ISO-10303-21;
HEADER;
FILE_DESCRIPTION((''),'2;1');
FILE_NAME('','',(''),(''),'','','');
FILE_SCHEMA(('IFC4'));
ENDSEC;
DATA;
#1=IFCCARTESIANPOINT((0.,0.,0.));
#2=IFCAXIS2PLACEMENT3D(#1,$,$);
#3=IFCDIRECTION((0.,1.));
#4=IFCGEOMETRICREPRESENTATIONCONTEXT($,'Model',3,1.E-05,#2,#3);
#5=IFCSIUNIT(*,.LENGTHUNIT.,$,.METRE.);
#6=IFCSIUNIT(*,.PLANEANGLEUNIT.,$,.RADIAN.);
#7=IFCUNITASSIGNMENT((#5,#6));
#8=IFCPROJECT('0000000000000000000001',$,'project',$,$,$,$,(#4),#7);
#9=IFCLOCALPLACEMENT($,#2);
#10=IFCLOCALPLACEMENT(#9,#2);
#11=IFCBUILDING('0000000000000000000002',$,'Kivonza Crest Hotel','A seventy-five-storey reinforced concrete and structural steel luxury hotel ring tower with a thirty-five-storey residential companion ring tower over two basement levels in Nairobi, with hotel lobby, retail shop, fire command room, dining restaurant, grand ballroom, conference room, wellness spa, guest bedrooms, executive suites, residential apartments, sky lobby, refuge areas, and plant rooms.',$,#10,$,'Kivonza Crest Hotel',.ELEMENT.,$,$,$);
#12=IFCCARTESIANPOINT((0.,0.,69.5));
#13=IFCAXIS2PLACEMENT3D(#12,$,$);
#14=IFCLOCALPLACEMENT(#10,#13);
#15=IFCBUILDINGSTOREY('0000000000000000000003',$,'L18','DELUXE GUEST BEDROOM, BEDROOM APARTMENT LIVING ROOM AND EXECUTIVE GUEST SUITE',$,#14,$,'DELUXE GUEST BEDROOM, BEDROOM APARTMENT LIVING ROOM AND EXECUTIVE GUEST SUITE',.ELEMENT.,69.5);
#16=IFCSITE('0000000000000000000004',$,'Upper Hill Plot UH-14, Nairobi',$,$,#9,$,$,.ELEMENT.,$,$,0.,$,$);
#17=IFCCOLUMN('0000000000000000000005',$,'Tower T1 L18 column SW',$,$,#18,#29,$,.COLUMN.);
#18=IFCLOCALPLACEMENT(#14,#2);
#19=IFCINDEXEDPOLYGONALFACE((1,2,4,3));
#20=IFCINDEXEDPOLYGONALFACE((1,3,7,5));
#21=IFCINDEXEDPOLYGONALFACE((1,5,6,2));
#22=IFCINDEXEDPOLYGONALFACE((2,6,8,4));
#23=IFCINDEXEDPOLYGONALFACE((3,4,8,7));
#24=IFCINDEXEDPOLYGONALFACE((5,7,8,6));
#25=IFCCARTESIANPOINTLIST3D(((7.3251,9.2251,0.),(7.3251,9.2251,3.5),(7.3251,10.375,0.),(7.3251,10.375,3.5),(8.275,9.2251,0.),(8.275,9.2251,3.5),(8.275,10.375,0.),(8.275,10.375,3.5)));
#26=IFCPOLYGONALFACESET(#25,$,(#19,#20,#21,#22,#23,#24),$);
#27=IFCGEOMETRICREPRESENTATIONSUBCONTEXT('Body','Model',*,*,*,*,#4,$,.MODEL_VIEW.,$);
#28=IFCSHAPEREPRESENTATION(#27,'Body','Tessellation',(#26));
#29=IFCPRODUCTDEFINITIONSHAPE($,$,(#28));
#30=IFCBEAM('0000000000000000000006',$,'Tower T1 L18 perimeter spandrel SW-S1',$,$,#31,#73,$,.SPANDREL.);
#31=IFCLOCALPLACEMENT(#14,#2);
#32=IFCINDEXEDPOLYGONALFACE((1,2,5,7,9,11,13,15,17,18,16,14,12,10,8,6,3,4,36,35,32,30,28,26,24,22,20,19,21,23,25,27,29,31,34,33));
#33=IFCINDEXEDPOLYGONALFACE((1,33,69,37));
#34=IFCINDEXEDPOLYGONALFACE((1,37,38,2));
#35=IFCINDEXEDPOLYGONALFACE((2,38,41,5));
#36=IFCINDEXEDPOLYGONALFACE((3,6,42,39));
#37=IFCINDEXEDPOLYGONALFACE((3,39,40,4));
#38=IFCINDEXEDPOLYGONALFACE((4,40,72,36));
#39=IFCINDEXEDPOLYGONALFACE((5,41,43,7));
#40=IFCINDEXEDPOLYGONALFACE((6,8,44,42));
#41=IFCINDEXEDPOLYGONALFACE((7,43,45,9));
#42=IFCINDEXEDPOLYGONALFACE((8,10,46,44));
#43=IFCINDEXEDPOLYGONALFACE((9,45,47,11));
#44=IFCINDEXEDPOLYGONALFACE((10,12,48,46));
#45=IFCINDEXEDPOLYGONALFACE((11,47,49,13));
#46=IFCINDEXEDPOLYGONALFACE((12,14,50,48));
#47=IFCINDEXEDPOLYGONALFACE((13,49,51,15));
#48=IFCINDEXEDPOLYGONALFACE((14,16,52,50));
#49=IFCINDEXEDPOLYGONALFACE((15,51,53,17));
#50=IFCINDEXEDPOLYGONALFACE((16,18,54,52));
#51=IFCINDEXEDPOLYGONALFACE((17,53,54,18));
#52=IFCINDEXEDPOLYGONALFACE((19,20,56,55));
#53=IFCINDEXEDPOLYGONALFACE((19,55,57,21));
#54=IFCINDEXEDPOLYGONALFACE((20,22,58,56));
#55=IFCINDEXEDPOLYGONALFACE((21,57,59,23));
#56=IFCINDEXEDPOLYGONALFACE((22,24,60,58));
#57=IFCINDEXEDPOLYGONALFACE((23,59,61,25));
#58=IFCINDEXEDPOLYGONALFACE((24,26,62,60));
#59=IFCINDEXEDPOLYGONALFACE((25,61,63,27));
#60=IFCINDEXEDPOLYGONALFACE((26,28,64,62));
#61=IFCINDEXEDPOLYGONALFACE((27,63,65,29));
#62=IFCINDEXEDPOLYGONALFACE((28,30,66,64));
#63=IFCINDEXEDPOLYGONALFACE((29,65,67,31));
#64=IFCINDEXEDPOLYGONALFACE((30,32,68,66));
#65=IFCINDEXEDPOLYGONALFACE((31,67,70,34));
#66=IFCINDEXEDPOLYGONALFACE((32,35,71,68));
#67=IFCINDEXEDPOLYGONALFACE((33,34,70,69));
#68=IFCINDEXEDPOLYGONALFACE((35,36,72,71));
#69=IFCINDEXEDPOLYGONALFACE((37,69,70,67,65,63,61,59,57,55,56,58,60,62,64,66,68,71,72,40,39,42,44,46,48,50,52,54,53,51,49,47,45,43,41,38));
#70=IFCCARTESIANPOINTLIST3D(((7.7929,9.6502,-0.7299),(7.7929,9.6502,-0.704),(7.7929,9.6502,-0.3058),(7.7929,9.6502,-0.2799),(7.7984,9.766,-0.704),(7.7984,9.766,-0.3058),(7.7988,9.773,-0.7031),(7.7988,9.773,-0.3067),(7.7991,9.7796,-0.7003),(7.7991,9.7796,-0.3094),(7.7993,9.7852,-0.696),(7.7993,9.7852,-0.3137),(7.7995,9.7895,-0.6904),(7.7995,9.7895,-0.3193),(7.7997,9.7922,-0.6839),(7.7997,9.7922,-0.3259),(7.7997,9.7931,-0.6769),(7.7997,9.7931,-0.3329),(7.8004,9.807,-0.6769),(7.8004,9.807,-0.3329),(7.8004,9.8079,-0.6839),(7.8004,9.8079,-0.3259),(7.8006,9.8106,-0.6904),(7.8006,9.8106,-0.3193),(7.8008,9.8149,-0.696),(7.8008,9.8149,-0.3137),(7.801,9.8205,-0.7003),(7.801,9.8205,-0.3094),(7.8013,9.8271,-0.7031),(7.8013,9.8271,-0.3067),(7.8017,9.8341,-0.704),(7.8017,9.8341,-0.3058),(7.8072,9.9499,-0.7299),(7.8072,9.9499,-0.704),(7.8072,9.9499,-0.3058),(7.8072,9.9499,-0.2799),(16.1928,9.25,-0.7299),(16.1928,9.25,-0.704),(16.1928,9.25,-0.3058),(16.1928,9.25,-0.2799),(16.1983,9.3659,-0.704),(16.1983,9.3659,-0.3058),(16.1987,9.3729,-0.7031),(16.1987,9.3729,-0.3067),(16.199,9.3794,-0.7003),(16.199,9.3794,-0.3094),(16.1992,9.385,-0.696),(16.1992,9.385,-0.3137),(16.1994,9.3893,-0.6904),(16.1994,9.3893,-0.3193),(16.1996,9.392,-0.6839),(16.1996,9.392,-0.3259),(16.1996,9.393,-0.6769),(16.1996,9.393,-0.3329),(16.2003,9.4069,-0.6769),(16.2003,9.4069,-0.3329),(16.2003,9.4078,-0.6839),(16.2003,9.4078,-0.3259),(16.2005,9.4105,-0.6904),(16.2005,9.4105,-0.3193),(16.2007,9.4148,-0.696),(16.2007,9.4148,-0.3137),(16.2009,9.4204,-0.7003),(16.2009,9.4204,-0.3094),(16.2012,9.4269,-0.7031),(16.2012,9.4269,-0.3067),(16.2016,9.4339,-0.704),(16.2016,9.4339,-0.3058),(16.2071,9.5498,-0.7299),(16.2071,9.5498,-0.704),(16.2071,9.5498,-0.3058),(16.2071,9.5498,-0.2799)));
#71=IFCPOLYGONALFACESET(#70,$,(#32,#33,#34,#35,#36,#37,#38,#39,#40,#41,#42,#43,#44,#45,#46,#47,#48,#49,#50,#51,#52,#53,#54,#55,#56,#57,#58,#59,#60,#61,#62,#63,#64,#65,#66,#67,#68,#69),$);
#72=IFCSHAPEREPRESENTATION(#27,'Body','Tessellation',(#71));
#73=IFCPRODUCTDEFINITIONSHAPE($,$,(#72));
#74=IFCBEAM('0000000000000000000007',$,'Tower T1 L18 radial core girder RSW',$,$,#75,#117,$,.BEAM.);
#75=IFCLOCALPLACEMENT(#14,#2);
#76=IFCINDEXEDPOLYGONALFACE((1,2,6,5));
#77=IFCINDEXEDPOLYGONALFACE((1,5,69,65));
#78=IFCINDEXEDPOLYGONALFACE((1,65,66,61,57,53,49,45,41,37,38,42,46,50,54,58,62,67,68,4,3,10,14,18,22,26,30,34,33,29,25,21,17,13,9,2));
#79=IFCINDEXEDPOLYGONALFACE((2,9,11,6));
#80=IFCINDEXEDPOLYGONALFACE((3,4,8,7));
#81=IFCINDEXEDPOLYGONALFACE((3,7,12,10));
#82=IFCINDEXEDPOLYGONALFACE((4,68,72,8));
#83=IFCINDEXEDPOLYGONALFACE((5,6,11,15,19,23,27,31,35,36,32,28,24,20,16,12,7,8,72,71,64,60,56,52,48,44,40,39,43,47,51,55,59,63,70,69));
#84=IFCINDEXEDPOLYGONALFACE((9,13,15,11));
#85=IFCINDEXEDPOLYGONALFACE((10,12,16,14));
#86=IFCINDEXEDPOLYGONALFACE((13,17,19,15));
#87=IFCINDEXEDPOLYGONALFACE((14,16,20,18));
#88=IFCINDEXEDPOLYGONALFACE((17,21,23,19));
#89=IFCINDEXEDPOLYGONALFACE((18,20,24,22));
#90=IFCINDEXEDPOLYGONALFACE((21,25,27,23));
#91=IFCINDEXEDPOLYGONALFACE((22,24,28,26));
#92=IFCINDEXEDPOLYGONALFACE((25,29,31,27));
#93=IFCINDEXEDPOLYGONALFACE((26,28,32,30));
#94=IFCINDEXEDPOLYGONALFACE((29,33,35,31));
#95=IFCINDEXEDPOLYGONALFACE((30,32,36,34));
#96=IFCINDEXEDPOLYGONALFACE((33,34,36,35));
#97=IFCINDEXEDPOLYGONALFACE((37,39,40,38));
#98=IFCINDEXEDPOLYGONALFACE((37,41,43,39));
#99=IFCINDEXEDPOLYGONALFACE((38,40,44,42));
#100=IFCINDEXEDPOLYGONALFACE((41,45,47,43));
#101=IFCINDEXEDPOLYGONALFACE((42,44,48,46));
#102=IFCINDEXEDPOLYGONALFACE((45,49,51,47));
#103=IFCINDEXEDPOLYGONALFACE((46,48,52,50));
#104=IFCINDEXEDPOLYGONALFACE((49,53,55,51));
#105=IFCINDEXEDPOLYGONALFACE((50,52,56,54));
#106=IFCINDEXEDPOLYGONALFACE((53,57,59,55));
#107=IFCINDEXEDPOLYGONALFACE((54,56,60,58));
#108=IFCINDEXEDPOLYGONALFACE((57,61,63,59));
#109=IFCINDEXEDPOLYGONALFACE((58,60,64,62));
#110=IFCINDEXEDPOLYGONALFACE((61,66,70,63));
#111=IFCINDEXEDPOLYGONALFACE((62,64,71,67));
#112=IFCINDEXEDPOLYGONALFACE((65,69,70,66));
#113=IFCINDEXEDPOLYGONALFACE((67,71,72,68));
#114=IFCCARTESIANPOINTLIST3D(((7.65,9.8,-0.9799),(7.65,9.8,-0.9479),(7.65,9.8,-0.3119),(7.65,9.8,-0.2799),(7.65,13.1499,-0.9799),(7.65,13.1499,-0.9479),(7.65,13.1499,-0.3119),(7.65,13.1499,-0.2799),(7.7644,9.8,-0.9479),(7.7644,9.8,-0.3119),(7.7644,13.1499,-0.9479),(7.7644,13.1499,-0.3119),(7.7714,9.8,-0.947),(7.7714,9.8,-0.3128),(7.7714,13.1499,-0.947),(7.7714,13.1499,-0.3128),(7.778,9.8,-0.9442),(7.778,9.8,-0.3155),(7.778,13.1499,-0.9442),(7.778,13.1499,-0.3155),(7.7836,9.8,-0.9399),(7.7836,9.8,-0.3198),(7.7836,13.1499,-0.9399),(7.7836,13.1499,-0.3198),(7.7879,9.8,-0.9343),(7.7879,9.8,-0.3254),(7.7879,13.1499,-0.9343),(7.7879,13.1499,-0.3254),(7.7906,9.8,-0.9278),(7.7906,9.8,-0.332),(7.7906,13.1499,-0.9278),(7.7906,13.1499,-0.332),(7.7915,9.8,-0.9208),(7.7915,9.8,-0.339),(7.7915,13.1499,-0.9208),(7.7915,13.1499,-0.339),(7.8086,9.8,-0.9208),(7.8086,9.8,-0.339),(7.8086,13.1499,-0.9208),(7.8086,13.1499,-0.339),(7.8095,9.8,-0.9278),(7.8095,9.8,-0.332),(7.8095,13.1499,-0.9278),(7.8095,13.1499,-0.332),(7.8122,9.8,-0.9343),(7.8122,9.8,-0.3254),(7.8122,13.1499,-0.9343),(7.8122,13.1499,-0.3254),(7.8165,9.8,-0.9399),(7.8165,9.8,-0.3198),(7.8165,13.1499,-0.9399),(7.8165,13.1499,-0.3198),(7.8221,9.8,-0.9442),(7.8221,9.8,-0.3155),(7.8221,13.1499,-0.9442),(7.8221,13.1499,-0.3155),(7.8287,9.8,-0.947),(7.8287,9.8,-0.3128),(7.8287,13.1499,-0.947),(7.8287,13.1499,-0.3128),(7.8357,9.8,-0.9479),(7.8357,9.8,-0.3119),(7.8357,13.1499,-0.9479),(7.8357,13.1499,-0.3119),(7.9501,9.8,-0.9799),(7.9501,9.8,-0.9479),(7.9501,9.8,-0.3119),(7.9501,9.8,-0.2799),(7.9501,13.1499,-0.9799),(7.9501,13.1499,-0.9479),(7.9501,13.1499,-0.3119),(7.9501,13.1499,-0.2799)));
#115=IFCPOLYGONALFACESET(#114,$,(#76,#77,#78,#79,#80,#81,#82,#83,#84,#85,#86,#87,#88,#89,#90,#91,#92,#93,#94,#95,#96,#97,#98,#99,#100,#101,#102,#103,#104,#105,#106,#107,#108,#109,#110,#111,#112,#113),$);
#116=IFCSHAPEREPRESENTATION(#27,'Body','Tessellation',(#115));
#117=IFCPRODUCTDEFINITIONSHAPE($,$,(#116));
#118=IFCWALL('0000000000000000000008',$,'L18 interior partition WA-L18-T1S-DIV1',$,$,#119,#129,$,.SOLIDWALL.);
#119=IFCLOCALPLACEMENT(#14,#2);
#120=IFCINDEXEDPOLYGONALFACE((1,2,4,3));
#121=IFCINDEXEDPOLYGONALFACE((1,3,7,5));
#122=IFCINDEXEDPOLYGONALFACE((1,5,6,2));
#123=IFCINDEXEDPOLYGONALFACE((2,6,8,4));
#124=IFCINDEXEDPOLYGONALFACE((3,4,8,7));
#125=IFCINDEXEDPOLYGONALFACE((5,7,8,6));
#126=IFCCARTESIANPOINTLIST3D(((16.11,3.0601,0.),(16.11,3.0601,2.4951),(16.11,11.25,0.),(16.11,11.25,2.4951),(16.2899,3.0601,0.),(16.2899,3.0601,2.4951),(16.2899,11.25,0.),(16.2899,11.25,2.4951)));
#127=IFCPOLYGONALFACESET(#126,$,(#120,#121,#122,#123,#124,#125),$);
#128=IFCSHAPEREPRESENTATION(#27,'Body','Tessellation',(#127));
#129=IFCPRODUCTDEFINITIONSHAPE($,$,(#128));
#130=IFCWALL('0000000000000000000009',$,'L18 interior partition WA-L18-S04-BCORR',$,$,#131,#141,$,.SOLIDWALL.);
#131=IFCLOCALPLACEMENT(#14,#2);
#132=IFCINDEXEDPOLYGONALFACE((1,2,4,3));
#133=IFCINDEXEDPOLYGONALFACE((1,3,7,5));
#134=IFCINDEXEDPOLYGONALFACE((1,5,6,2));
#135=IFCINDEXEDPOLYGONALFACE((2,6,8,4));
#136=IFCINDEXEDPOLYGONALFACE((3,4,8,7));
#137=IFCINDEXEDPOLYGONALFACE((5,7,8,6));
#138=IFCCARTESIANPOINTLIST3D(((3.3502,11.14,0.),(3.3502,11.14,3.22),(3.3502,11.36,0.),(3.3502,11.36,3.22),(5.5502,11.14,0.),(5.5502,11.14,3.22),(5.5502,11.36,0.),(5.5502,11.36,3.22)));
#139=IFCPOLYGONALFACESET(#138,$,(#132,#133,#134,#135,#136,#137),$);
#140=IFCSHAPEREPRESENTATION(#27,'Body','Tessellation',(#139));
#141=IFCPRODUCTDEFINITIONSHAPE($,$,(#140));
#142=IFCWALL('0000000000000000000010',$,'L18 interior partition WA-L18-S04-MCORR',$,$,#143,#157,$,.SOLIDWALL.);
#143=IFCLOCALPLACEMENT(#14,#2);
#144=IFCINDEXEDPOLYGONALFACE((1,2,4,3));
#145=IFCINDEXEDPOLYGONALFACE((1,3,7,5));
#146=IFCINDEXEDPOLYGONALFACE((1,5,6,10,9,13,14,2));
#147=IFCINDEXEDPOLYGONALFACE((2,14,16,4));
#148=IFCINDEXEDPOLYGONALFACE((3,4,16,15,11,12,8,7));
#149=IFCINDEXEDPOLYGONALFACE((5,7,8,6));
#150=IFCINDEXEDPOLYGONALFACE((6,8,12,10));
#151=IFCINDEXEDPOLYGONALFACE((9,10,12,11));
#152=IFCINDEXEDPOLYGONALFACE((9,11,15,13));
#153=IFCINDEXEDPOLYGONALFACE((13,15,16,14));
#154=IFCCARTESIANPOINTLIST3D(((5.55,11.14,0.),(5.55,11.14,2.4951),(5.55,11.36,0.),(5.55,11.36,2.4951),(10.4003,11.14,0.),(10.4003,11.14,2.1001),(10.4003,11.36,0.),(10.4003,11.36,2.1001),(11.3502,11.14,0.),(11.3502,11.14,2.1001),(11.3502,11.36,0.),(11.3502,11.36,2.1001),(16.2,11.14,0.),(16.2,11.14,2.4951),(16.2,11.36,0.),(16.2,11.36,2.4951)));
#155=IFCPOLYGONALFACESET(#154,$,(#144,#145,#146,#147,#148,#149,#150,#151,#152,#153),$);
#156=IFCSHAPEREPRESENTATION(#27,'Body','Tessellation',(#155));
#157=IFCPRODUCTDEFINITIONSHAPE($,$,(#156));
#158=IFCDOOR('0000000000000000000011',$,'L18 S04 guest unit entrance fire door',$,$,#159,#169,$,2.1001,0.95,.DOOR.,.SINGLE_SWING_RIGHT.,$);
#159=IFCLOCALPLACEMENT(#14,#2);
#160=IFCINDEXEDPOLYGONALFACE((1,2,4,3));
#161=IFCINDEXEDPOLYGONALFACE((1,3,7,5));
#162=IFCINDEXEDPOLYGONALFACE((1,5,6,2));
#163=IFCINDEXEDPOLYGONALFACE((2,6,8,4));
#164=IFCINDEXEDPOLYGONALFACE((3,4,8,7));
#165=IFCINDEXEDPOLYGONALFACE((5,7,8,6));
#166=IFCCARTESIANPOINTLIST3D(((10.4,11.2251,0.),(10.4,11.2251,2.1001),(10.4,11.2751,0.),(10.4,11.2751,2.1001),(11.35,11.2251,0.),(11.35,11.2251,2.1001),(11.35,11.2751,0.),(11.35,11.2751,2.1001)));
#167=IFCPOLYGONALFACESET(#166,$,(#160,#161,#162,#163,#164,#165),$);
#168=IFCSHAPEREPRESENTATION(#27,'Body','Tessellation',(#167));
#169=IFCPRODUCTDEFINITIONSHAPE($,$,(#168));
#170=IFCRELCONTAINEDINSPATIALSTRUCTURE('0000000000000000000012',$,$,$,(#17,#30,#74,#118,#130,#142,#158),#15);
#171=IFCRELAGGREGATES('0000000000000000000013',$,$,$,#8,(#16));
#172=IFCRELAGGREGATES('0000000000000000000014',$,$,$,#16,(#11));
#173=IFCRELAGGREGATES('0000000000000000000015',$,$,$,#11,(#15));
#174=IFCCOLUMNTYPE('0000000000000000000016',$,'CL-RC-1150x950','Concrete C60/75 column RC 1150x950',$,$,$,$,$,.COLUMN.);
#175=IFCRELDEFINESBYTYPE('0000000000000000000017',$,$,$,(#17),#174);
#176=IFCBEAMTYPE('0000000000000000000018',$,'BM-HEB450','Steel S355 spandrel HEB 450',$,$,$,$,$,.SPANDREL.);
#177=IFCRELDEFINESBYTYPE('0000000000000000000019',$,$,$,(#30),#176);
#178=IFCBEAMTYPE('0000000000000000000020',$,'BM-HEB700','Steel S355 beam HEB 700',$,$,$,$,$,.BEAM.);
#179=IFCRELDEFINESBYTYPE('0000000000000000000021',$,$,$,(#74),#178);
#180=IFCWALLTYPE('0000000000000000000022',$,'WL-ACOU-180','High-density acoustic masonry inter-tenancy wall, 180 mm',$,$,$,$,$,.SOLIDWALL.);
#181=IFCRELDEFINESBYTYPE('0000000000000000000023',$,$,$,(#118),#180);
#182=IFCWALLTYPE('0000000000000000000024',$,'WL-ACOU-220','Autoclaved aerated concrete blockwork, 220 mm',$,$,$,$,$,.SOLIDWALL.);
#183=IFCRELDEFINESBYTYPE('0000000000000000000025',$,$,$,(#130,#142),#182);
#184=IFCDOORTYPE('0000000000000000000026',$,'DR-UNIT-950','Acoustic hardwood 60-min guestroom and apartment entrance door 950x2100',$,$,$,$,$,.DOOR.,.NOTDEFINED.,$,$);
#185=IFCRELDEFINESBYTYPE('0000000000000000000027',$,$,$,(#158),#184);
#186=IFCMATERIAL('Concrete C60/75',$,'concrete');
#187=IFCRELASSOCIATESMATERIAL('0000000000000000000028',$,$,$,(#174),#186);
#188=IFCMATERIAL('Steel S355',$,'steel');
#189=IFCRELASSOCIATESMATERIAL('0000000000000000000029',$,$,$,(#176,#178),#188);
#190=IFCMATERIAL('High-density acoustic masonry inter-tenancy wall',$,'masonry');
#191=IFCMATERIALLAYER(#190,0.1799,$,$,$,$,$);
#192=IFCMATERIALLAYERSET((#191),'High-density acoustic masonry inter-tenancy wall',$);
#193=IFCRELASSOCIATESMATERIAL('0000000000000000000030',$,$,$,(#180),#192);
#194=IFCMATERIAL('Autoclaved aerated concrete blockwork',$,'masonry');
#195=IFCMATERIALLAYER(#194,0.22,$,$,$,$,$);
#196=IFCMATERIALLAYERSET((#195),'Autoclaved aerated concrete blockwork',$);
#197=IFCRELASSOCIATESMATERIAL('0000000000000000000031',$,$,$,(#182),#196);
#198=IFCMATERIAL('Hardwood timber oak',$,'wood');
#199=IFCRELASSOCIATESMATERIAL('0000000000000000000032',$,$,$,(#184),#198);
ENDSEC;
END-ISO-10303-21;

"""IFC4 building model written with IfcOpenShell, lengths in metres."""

from ifc_helpers import new_model, si_unit, direction, frame, frame_2d, origin, origin_2d, place, context, subcontext, project, spatial, rectangle, i_section, extrude, material, layer, layer_set, material_profile, profile_set, type_object, element, fill, save


model = new_model("IFC4")

# Units and contexts
model_context = context("Model", 3, precision=1e-05, world=origin(), true_north=direction((0.0, 1.0)))
body_context = subcontext(model_context, "Body", "Model", "MODEL_VIEW")
ifc_project = project(units=[si_unit("LENGTHUNIT", "METRE"), si_unit("PLANEANGLEUNIT", "RADIAN")], contexts=[model_context])

# Site, building, storey
site_placement = place(None, origin())
site = spatial("IfcSite", under=ifc_project, at=site_placement, Name="Upper Hill Plot UH-14, Nairobi", CompositionType="ELEMENT", RefElevation=0.0)
building_placement = place(site_placement, origin())
building = spatial("IfcBuilding", under=site, at=building_placement, Name="Kivonza Crest Hotel", Description="A seventy-five-storey reinforced concrete and structural steel luxury hotel ring tower with a thirty-five-storey residential companion ring tower over two basement levels in Nairobi, with hotel lobby, retail shop, fire command room, dining restaurant, grand ballroom, conference room, wellness spa, guest bedrooms, executive suites, residential apartments, sky lobby, refuge areas, and plant rooms.", LongName="Kivonza Crest Hotel", CompositionType="ELEMENT")
storey_placement = place(building_placement, frame((0.0, 0.0, 69.5)))
storey = spatial("IfcBuildingStorey", under=building, at=storey_placement, Name="L18", Description="DELUXE GUEST BEDROOM, BEDROOM APARTMENT LIVING ROOM AND EXECUTIVE GUEST SUITE", LongName="DELUXE GUEST BEDROOM, BEDROOM APARTMENT LIVING ROOM AND EXECUTIVE GUEST SUITE", CompositionType="ELEMENT", Elevation=69.5)

# Column
ifc_material_1 = material(Name="Concrete C60/75", Category="concrete")
ifc_material_profile_1 = material_profile(ifc_material_1, rectangle(XDim=0.95, YDim=1.1499, at=origin_2d()), Name="RC 1150x950")
ifc_profile_set_1 = profile_set([ifc_material_profile_1], Name="Concrete C60/75")
column_type = type_object("IfcColumnType", Name="CL-RC-1150x950", Description="Concrete C60/75 column RC 1150x950", PredefinedType="COLUMN", material=ifc_profile_set_1)
column_placement = place(storey_placement, frame((7.8, 9.8, 0.0), z_axis=(0.0, 0.0, 1.0), x_axis=(1.0, 0.0, 0.0)))
element("IfcColumn", 1, at=column_placement, inside=storey, type_object=column_type, Name="Tower T1 L18 column SW", PredefinedType="COLUMN", context=body_context, shape_type="SweptSolid", body=[
    extrude(rectangle(XDim=0.95, YDim=1.1499, at=origin_2d()), origin(), (0.0, 0.0, 1.0), 3.5),
])

# Beams
ifc_material_2 = material(Name="Steel S355", Category="steel")
ifc_material_profile_2 = material_profile(ifc_material_2, i_section(OverallWidth=0.3, OverallDepth=0.45, WebThickness=0.0139, FlangeThickness=0.0259, FilletRadius=0.0271, at=origin_2d()), Name="HEB 450")
ifc_profile_set_2 = profile_set([ifc_material_profile_2], Name="Steel S355")
beam_type_1 = type_object("IfcBeamType", Name="BM-HEB450", Description="Steel S355 spandrel HEB 450", PredefinedType="SPANDREL", material=ifc_profile_set_2)
beam_1_placement = place(storey_placement, frame((7.8, 9.8, -0.5049), z_axis=(0.998867, -0.047583, 0.0), x_axis=(0.047583, 0.998867, 0.0)))
element("IfcBeam", 2, at=beam_1_placement, inside=storey, type_object=beam_type_1, Name="Tower T1 L18 perimeter spandrel SW-S1", PredefinedType="SPANDREL", context=body_context, shape_type="SweptSolid", body=[
    extrude(i_section(OverallWidth=0.3, OverallDepth=0.45, WebThickness=0.0139, FlangeThickness=0.0259, FilletRadius=0.0271, at=origin_2d()), origin(), (0.0, 0.0, 1.0), 8.4094),
])
ifc_material_profile_3 = material_profile(ifc_material_2, i_section(OverallWidth=0.3, OverallDepth=0.7, WebThickness=0.0171, FlangeThickness=0.032, FilletRadius=0.0271, at=origin_2d()), Name="HEB 700")
ifc_profile_set_3 = profile_set([ifc_material_profile_3], Name="Steel S355")
beam_type_2 = type_object("IfcBeamType", Name="BM-HEB700", Description="Steel S355 beam HEB 700", PredefinedType="BEAM", material=ifc_profile_set_3)
beam_2_placement = place(storey_placement, frame((7.8, 9.8, -0.6299), z_axis=(0.0, 1.0, 0.0), x_axis=(-1.0, 0.0, 0.0)))
element("IfcBeam", 3, at=beam_2_placement, inside=storey, type_object=beam_type_2, Name="Tower T1 L18 radial core girder RSW", PredefinedType="BEAM", context=body_context, shape_type="SweptSolid", body=[
    extrude(i_section(OverallWidth=0.3, OverallDepth=0.7, WebThickness=0.0171, FlangeThickness=0.032, FilletRadius=0.0271, at=origin_2d()), origin(), (0.0, 0.0, 1.0), 3.3499),
])

# Walls
ifc_material_3 = material(Name="High-density acoustic masonry inter-tenancy wall", Category="masonry")
ifc_layer_1 = layer(ifc_material_3, 0.1799)
ifc_layer_set_1 = layer_set([ifc_layer_1], Name="High-density acoustic masonry inter-tenancy wall")
wall_type_1 = type_object("IfcWallType", Name="WL-ACOU-180", Description="High-density acoustic masonry inter-tenancy wall, 180 mm", PredefinedType="SOLIDWALL", material=ifc_layer_set_1)
wall_1_placement = place(storey_placement, frame((16.2, 3.0601, 0.0), z_axis=(0.0, 0.0, 1.0), x_axis=(0.0, 1.0, 0.0)))
element("IfcWall", 4, at=wall_1_placement, inside=storey, type_object=wall_type_1, Name="L18 interior partition WA-L18-T1S-DIV1", PredefinedType="SOLIDWALL", context=body_context, shape_type="SweptSolid", body=[
    extrude(rectangle(XDim=8.1899, YDim=0.1799, at=frame_2d((4.095, 0.0))), origin(), (0.0, 0.0, 1.0), 2.4951),
])
ifc_material_4 = material(Name="Autoclaved aerated concrete blockwork", Category="masonry")
ifc_layer_2 = layer(ifc_material_4, 0.22)
ifc_layer_set_2 = layer_set([ifc_layer_2], Name="Autoclaved aerated concrete blockwork")
wall_type_2 = type_object("IfcWallType", Name="WL-ACOU-220", Description="Autoclaved aerated concrete blockwork, 220 mm", PredefinedType="SOLIDWALL", material=ifc_layer_set_2)
wall_2_placement = place(storey_placement, frame((3.3501, 11.25, 0.0), z_axis=(0.0, 0.0, 1.0), x_axis=(1.0, 0.0, 0.0)))
element("IfcWall", 5, at=wall_2_placement, inside=storey, type_object=wall_type_2, Name="L18 interior partition WA-L18-S04-BCORR", PredefinedType="SOLIDWALL", context=body_context, shape_type="SweptSolid", body=[
    extrude(rectangle(XDim=2.2, YDim=0.22, at=frame_2d((1.1001, 0.0))), origin(), (0.0, 0.0, 1.0), 3.22),
])

# Wall, opening, door
wall_3_placement = place(storey_placement, frame((5.55, 11.25, 0.0), z_axis=(0.0, 0.0, 1.0), x_axis=(1.0, 0.0, 0.0)))
wall_3 = element("IfcWall", 6, at=wall_3_placement, inside=storey, type_object=wall_type_2, Name="L18 interior partition WA-L18-S04-MCORR", PredefinedType="SOLIDWALL", context=body_context, shape_type="SweptSolid", body=[
    extrude(rectangle(XDim=10.6499, YDim=0.22, at=frame_2d((5.325, 0.0))), origin(), (0.0, 0.0, 1.0), 2.4951),
])
opening_1_placement = place(wall_3_placement, frame((4.8501, 0.0, 0.0)))
opening_1 = element("IfcOpeningElement", 7, at=opening_1_placement, cuts=wall_3, PredefinedType="OPENING", context=body_context, shape_type="SweptSolid", body=[
    extrude(rectangle(XDim=0.95, YDim=2.1001, at=frame_2d((0.4751, 1.05))), frame((0.0, 0.1201, 0.0), z_axis=(0.0, -1.0, 0.0), x_axis=(1.0, 0.0, 0.0)), (0.0, 0.0, 1.0), 0.24),
])
ifc_material_5 = material(Name="Hardwood timber oak", Category="wood")
door_type_1 = type_object("IfcDoorType", Name="DR-UNIT-950", Description="Acoustic hardwood 60-min guestroom and apartment entrance door 950x2100", OperationType="NOTDEFINED", PredefinedType="DOOR", material=ifc_material_5)
door_1_placement = place(opening_1_placement, frame((0.95, 0.0, 0.0), z_axis=(0.0, 0.0, 1.0), x_axis=(-1.0, 0.0, 0.0)))
door_1 = element("IfcDoor", 8, at=door_1_placement, inside=storey, type_object=door_type_1, Name="L18 S04 guest unit entrance fire door", OperationType="SINGLE_SWING_RIGHT", OverallHeight=2.1001, OverallWidth=0.95, PredefinedType="DOOR", context=body_context, shape_type="SweptSolid", body=[
    extrude(rectangle(XDim=0.95, YDim=2.1001, at=frame_2d((0.4751, 1.05))), frame((0.0, 0.0249, 0.0), z_axis=(0.0, -1.0, 0.0), x_axis=(1.0, 0.0, 0.0)), (0.0, 0.0, 1.0), 0.05),
])
fill(opening_1, door_1)

save(model, "model.ifc")
